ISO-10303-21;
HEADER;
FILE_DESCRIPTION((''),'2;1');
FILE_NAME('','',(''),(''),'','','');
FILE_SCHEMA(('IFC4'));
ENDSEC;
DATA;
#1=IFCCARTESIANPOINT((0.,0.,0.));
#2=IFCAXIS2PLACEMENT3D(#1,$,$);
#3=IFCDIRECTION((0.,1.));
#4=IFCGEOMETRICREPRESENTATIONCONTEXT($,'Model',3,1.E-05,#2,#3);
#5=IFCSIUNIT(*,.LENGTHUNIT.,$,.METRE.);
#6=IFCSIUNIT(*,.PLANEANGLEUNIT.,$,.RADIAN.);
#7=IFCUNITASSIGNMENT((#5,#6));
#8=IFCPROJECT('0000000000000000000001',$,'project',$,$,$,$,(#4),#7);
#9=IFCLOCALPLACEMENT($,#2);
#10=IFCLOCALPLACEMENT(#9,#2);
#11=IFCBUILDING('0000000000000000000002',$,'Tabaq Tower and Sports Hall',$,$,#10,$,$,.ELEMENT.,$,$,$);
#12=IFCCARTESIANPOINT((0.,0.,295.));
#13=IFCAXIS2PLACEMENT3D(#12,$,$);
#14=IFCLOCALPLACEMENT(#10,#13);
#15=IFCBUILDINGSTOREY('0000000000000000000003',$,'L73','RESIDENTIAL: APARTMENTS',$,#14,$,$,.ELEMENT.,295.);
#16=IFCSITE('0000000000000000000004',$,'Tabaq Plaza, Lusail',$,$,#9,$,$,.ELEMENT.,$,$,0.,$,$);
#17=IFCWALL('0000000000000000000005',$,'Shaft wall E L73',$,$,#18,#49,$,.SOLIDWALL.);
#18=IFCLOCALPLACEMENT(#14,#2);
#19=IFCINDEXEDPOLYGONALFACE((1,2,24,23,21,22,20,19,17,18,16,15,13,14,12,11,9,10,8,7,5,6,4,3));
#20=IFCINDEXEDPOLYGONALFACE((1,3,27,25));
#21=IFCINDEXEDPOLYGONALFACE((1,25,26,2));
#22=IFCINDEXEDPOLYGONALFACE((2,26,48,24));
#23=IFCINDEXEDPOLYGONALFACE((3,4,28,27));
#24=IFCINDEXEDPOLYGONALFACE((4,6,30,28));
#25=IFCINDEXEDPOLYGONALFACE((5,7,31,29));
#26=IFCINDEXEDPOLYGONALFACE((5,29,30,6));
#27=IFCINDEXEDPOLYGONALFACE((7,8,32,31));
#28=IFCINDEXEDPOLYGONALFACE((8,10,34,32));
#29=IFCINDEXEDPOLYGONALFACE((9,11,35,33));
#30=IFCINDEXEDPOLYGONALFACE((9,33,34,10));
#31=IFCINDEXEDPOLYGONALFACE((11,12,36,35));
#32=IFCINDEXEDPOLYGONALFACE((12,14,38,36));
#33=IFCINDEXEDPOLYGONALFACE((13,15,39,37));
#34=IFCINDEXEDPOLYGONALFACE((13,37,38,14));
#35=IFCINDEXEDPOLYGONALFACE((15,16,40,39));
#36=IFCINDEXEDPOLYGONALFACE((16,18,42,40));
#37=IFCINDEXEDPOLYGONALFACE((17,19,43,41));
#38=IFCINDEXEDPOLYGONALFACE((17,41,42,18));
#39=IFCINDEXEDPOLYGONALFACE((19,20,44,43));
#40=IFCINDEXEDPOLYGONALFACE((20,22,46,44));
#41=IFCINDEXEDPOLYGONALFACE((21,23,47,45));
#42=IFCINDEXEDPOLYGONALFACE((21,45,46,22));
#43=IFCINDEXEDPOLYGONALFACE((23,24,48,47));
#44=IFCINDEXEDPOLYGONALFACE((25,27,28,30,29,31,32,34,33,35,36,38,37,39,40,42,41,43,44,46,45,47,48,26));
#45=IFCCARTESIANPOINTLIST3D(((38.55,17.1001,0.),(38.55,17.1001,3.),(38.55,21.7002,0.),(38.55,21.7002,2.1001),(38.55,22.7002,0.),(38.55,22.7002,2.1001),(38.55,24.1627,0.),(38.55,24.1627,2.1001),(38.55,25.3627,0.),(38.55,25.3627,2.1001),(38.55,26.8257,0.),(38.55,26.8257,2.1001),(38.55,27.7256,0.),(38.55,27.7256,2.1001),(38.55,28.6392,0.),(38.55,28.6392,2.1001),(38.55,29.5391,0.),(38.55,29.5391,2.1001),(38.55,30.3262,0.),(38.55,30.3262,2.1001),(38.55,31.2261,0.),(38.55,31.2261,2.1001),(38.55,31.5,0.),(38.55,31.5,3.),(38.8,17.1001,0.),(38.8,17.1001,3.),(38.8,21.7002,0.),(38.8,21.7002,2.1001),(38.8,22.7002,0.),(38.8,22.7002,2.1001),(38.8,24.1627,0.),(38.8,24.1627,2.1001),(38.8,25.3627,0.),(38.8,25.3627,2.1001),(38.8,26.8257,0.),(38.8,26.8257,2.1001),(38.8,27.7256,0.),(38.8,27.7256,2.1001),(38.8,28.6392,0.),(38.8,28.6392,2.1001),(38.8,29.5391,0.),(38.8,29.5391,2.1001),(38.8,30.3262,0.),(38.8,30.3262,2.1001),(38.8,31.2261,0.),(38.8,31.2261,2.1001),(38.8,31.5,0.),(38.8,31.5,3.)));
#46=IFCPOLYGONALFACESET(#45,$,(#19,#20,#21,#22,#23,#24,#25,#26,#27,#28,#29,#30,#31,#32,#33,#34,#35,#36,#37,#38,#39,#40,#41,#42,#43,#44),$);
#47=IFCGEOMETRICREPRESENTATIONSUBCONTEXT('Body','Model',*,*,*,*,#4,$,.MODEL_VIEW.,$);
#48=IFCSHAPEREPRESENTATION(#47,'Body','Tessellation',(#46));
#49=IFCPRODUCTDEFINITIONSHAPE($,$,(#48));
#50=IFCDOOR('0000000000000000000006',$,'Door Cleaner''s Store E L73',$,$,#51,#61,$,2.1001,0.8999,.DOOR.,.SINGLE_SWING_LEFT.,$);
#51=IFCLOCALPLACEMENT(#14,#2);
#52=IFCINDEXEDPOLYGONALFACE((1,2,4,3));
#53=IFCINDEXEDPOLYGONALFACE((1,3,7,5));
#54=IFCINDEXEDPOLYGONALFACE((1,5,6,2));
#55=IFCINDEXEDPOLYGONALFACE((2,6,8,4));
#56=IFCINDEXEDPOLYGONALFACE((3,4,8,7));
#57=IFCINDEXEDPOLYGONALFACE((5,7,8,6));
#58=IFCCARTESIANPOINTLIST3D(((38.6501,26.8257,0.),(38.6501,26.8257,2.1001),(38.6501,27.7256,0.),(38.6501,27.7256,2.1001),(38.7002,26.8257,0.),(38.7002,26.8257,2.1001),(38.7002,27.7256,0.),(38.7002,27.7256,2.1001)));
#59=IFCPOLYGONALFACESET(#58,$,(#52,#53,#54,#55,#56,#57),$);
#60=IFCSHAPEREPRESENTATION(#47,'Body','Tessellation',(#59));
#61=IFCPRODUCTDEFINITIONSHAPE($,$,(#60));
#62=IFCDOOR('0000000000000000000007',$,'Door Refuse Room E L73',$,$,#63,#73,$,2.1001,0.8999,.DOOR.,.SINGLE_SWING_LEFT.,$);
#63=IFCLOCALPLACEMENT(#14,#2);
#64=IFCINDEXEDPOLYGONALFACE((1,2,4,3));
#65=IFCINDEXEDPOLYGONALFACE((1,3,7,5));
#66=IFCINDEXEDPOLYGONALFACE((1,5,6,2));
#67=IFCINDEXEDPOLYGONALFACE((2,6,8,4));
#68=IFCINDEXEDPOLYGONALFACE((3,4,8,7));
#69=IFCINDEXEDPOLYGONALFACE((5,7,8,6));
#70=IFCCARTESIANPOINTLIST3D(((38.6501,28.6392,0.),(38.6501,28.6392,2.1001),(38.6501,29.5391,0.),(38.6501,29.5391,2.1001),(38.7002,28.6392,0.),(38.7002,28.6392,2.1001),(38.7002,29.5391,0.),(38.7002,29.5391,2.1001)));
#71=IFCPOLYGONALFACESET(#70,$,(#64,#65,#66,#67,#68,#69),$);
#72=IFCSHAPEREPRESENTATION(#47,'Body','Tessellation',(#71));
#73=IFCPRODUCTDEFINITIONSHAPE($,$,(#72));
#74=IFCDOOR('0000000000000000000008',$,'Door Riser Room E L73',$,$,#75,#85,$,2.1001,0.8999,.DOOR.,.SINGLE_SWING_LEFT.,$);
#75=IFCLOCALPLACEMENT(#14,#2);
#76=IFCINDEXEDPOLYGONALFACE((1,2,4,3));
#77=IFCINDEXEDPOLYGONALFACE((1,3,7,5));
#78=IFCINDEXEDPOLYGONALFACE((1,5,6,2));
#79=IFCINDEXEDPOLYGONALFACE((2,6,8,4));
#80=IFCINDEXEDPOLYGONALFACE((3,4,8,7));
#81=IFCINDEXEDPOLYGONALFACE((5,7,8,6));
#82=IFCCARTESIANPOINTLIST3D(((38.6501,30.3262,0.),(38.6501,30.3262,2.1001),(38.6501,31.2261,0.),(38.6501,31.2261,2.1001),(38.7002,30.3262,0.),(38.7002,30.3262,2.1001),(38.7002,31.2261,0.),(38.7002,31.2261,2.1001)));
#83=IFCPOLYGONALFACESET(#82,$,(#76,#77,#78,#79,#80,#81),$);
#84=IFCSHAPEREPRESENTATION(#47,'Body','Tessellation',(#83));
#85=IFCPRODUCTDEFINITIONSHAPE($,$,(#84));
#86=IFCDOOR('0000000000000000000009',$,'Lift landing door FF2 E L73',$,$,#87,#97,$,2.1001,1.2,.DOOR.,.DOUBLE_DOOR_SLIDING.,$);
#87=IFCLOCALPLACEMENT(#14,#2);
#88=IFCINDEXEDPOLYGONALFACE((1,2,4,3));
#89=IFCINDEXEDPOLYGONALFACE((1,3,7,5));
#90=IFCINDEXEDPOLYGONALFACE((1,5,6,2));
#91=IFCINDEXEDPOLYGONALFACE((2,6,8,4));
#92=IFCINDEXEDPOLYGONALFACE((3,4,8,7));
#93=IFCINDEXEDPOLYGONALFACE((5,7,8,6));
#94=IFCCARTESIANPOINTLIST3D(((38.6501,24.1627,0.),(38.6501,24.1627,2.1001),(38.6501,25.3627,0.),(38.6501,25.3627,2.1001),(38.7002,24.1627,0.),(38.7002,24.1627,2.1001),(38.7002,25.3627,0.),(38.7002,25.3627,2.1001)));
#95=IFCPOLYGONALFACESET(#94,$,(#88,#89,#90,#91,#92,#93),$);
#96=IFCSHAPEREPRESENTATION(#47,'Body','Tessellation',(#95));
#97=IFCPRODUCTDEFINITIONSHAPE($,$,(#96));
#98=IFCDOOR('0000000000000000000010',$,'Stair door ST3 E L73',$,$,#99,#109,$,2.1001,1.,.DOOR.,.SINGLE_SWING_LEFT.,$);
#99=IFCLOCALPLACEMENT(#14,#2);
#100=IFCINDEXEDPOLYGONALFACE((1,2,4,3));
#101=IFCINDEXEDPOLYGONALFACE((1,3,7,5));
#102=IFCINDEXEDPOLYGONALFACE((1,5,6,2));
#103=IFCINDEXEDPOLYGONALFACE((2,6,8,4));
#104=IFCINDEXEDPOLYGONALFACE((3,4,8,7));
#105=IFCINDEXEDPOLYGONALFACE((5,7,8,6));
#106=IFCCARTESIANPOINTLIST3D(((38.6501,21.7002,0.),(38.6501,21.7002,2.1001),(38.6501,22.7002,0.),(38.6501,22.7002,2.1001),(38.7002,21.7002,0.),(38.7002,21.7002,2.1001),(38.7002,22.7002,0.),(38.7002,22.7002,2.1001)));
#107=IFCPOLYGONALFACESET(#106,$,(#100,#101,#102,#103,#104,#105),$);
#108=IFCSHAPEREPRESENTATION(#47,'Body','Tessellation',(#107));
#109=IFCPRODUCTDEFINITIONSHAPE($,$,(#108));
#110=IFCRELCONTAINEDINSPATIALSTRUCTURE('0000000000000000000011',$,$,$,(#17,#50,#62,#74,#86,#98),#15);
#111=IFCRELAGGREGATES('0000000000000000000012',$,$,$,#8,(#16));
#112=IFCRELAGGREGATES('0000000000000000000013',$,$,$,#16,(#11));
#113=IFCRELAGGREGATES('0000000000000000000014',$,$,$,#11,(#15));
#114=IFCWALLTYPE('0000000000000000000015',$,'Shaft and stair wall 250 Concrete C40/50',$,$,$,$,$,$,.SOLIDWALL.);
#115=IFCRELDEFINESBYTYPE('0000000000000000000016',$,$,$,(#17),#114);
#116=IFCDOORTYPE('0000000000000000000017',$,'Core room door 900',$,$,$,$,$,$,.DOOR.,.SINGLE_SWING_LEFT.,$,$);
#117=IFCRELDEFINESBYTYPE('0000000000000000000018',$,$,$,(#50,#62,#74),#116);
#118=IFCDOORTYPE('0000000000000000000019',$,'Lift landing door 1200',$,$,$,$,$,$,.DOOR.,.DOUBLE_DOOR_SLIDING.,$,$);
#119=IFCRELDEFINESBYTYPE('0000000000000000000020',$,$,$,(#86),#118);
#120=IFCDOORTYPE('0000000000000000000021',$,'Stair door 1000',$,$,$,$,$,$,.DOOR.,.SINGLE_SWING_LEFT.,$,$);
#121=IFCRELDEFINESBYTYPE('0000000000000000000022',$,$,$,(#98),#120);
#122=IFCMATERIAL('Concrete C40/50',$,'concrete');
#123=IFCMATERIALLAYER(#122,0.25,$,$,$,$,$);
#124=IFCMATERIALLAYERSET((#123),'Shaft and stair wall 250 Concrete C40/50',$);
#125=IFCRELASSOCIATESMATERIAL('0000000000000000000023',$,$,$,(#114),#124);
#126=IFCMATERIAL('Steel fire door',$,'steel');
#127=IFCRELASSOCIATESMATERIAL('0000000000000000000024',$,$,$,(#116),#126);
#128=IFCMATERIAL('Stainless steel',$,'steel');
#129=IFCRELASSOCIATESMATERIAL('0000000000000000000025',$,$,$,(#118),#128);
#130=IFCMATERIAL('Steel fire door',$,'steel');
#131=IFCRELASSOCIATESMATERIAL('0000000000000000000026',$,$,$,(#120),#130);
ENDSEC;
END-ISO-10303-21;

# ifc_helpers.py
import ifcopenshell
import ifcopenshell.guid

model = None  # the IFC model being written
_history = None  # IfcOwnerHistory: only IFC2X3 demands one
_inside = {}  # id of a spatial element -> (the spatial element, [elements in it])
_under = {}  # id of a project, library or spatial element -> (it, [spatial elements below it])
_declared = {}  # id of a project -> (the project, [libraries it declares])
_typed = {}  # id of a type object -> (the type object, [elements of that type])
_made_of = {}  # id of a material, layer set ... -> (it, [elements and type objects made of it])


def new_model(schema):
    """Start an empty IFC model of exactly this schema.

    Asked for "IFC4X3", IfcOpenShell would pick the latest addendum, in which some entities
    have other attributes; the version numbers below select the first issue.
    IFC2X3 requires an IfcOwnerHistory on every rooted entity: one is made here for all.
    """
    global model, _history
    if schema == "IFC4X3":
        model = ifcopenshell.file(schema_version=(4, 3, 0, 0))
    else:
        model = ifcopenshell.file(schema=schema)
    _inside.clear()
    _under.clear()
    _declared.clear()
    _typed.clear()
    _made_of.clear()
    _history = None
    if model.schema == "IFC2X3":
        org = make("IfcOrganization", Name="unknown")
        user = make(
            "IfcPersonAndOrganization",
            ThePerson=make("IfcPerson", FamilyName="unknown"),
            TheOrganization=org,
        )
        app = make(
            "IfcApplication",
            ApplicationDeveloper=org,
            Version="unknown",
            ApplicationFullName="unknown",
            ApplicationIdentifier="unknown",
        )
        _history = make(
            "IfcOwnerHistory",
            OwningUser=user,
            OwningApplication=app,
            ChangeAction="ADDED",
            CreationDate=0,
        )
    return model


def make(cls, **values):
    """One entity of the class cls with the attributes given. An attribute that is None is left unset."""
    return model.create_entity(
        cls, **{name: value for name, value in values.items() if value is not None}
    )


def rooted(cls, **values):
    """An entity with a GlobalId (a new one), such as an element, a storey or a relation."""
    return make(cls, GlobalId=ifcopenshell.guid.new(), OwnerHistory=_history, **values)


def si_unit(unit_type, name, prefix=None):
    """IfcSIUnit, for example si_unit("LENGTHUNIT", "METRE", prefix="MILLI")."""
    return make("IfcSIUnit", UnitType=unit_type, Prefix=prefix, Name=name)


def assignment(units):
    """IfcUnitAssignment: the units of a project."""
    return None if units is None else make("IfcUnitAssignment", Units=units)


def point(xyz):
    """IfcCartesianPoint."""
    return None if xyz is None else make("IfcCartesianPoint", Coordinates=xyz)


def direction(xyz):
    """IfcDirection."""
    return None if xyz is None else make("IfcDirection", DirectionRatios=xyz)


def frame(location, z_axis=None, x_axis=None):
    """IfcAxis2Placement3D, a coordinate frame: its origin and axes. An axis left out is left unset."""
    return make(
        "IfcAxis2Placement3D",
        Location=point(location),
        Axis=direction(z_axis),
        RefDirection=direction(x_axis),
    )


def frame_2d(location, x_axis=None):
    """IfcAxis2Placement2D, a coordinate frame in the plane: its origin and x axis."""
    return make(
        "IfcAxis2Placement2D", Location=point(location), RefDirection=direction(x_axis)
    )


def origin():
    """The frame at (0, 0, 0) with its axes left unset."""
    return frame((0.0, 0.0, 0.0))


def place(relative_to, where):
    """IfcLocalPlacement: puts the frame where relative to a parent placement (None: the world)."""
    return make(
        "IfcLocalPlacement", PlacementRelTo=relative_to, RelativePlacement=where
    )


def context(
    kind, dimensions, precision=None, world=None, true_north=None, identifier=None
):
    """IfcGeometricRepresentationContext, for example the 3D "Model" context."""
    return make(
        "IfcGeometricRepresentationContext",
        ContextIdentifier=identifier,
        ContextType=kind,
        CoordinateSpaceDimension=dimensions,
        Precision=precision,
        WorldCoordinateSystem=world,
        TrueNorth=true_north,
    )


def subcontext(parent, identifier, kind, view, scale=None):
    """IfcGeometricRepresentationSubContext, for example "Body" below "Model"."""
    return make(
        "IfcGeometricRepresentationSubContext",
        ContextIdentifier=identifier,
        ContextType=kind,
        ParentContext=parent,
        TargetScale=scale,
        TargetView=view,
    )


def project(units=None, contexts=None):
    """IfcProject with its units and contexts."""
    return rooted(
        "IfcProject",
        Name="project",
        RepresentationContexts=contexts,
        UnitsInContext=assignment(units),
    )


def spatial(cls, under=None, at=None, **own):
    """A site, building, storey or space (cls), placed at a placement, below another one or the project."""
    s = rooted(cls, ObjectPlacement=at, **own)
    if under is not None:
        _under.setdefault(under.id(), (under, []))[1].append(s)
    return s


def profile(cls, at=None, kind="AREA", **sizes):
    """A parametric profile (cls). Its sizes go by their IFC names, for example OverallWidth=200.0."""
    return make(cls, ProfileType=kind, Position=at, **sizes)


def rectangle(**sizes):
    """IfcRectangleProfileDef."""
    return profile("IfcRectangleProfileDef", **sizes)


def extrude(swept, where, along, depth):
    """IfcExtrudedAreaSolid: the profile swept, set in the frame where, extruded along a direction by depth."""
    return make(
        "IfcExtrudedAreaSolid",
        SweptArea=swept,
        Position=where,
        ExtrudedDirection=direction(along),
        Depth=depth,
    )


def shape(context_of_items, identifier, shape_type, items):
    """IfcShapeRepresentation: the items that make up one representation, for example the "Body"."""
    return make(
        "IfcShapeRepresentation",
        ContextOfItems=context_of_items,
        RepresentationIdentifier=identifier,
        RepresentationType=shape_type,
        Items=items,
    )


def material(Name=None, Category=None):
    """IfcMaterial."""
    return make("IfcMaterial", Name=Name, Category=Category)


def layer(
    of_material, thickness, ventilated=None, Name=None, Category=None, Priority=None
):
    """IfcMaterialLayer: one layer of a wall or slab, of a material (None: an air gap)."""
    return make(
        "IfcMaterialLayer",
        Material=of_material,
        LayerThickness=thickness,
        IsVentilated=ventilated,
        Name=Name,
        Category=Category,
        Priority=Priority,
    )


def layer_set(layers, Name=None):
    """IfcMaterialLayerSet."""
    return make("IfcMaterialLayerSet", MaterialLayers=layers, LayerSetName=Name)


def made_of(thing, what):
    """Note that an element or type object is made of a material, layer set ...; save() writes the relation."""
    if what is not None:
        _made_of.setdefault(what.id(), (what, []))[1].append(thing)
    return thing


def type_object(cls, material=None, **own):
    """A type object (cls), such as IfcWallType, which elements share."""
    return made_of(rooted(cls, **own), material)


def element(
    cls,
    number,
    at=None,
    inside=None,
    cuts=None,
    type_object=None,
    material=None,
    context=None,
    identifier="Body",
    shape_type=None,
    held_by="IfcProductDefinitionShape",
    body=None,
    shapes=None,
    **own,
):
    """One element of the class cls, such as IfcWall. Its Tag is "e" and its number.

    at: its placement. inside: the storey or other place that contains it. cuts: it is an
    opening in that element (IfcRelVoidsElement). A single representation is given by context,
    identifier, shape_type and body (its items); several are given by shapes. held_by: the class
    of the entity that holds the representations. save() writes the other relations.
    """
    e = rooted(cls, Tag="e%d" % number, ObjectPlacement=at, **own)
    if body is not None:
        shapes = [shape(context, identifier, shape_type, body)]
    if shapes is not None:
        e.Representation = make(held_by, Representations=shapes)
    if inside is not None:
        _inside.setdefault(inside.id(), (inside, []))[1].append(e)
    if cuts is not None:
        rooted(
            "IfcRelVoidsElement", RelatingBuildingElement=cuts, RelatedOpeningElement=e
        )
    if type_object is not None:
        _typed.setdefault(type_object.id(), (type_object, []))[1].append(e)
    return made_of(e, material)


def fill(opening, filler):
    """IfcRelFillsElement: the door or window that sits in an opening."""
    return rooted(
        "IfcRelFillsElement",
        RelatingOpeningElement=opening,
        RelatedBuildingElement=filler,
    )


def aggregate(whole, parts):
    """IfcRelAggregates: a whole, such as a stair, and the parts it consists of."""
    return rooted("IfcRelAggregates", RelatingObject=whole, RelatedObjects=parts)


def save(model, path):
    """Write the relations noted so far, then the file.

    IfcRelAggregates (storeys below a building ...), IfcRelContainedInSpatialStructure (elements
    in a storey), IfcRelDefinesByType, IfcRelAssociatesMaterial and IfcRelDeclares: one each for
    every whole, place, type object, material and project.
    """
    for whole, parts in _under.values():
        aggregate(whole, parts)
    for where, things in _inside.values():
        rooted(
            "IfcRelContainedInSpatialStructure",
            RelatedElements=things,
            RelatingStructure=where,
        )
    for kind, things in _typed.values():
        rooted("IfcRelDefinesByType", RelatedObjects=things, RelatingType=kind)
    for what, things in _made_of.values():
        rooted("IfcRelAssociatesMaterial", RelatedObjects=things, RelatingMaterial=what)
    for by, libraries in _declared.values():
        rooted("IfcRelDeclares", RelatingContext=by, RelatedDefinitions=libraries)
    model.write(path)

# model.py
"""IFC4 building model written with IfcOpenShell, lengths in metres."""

from ifc_helpers import new_model, si_unit, direction, frame, frame_2d, origin, place, context, subcontext, project, spatial, rectangle, extrude, material, layer, layer_set, type_object, element, fill, save


model = new_model("IFC4")

# Units and contexts
model_context = context("Model", 3, precision=1e-05, world=origin(), true_north=direction((0.0, 1.0)))
body_context = subcontext(model_context, "Body", "Model", "MODEL_VIEW")
ifc_project = project(units=[si_unit("LENGTHUNIT", "METRE"), si_unit("PLANEANGLEUNIT", "RADIAN")], contexts=[model_context])

# Site, building, storey
site_placement = place(None, origin())
site = spatial("IfcSite", under=ifc_project, at=site_placement, Name="Tabaq Plaza, Lusail", CompositionType="ELEMENT", RefElevation=0.0)
building_placement = place(site_placement, origin())
building = spatial("IfcBuilding", under=site, at=building_placement, Name="Tabaq Tower and Sports Hall", CompositionType="ELEMENT")
storey_placement = place(building_placement, frame((0.0, 0.0, 295.0)))
storey = spatial("IfcBuildingStorey", under=building, at=storey_placement, Name="L73", Description="RESIDENTIAL: APARTMENTS", CompositionType="ELEMENT", Elevation=295.0)

# Wall, openings, doors
ifc_material_1 = material(Name="Concrete C40/50", Category="concrete")
ifc_layer_1 = layer(ifc_material_1, 0.25)
ifc_layer_set_1 = layer_set([ifc_layer_1], Name="Shaft and stair wall 250 Concrete C40/50")
wall_type_1 = type_object("IfcWallType", Name="Shaft and stair wall 250 Concrete C40/50", PredefinedType="SOLIDWALL", material=ifc_layer_set_1)
wall_1_placement = place(storey_placement, frame((38.675, 17.1001, 0.0), z_axis=(0.0, 0.0, 1.0), x_axis=(0.0, 1.0, 0.0)))
wall_1 = element("IfcWall", 1, at=wall_1_placement, inside=storey, type_object=wall_type_1, Name="Shaft wall E L73", PredefinedType="SOLIDWALL", context=body_context, shape_type="SweptSolid", body=[
    extrude(rectangle(XDim=14.3999, YDim=0.25, at=frame_2d((7.2, 0.0))), origin(), (0.0, 0.0, 1.0), 3.0),
])
opening_1_placement = place(wall_1_placement, frame((4.6001, 0.0, 0.0)))
opening_1 = element("IfcOpeningElement", 2, at=opening_1_placement, cuts=wall_1, PredefinedType="OPENING", context=body_context, shape_type="SweptSolid", body=[
    extrude(rectangle(XDim=1.0, YDim=2.1001, at=frame_2d((0.5, 1.05))), frame((0.0, 0.125, 0.0), z_axis=(0.0, -1.0, 0.0), x_axis=(1.0, 0.0, 0.0)), (0.0, 0.0, 1.0), 0.25),
])
opening_2_placement = place(wall_1_placement, frame((7.0625, 0.0, 0.0)))
opening_2 = element("IfcOpeningElement", 3, at=opening_2_placement, cuts=wall_1, PredefinedType="OPENING", context=body_context, shape_type="SweptSolid", body=[
    extrude(rectangle(XDim=1.2, YDim=2.1001, at=frame_2d((0.6001, 1.05))), frame((0.0, 0.125, 0.0), z_axis=(0.0, -1.0, 0.0), x_axis=(1.0, 0.0, 0.0)), (0.0, 0.0, 1.0), 0.25),
])
opening_3_placement = place(wall_1_placement, frame((9.7256, 0.0, 0.0)))
opening_3 = element("IfcOpeningElement", 4, at=opening_3_placement, cuts=wall_1, PredefinedType="OPENING", context=body_context, shape_type="SweptSolid", body=[
    extrude(rectangle(XDim=0.8999, YDim=2.1001, at=frame_2d((0.45, 1.05))), frame((0.0, 0.125, 0.0), z_axis=(0.0, -1.0, 0.0), x_axis=(1.0, 0.0, 0.0)), (0.0, 0.0, 1.0), 0.25),
])
opening_4_placement = place(wall_1_placement, frame((11.5391, 0.0, 0.0)))
opening_4 = element("IfcOpeningElement", 5, at=opening_4_placement, cuts=wall_1, PredefinedType="OPENING", context=body_context, shape_type="SweptSolid", body=[
    extrude(rectangle(XDim=0.8999, YDim=2.1001, at=frame_2d((0.45, 1.05))), frame((0.0, 0.125, 0.0), z_axis=(0.0, -1.0, 0.0), x_axis=(1.0, 0.0, 0.0)), (0.0, 0.0, 1.0), 0.25),
])
opening_5_placement = place(wall_1_placement, frame((13.2261, 0.0, 0.0)))
opening_5 = element("IfcOpeningElement", 6, at=opening_5_placement, cuts=wall_1, PredefinedType="OPENING", context=body_context, shape_type="SweptSolid", body=[
    extrude(rectangle(XDim=0.8999, YDim=2.1001, at=frame_2d((0.45, 1.05))), frame((0.0, 0.125, 0.0), z_axis=(0.0, -1.0, 0.0), x_axis=(1.0, 0.0, 0.0)), (0.0, 0.0, 1.0), 0.25),
])
ifc_material_2 = material(Name="Steel fire door", Category="steel")
door_type_1 = type_object("IfcDoorType", Name="Core room door 900", OperationType="SINGLE_SWING_LEFT", PredefinedType="DOOR", material=ifc_material_2)
door_1_placement = place(opening_3_placement, origin())
door_1 = element("IfcDoor", 7, at=door_1_placement, inside=storey, type_object=door_type_1, Name="Door Cleaner's Store E L73", OperationType="SINGLE_SWING_LEFT", OverallHeight=2.1001, OverallWidth=0.8999, PredefinedType="DOOR", context=body_context, shape_type="SweptSolid", body=[
    extrude(rectangle(XDim=0.8999, YDim=2.1001, at=frame_2d((0.45, 1.05))), frame((0.0, 0.0249, 0.0), z_axis=(0.0, -1.0, 0.0), x_axis=(1.0, 0.0, 0.0)), (0.0, 0.0, 1.0), 0.05),
])
fill(opening_3, door_1)
door_2_placement = place(opening_4_placement, origin())
door_2 = element("IfcDoor", 8, at=door_2_placement, inside=storey, type_object=door_type_1, Name="Door Refuse Room E L73", OperationType="SINGLE_SWING_LEFT", OverallHeight=2.1001, OverallWidth=0.8999, PredefinedType="DOOR", context=body_context, shape_type="SweptSolid", body=[
    extrude(rectangle(XDim=0.8999, YDim=2.1001, at=frame_2d((0.45, 1.05))), frame((0.0, 0.0249, 0.0), z_axis=(0.0, -1.0, 0.0), x_axis=(1.0, 0.0, 0.0)), (0.0, 0.0, 1.0), 0.05),
])
fill(opening_4, door_2)
door_3_placement = place(opening_5_placement, origin())
door_3 = element("IfcDoor", 9, at=door_3_placement, inside=storey, type_object=door_type_1, Name="Door Riser Room E L73", OperationType="SINGLE_SWING_LEFT", OverallHeight=2.1001, OverallWidth=0.8999, PredefinedType="DOOR", context=body_context, shape_type="SweptSolid", body=[
    extrude(rectangle(XDim=0.8999, YDim=2.1001, at=frame_2d((0.45, 1.05))), frame((0.0, 0.0249, 0.0), z_axis=(0.0, -1.0, 0.0), x_axis=(1.0, 0.0, 0.0)), (0.0, 0.0, 1.0), 0.05),
])
fill(opening_5, door_3)
ifc_material_3 = material(Name="Stainless steel", Category="steel")
door_type_2 = type_object("IfcDoorType", Name="Lift landing door 1200", OperationType="DOUBLE_DOOR_SLIDING", PredefinedType="DOOR", material=ifc_material_3)
door_4_placement = place(opening_2_placement, origin())
door_4 = element("IfcDoor", 10, at=door_4_placement, inside=storey, type_object=door_type_2, Name="Lift landing door FF2 E L73", OperationType="DOUBLE_DOOR_SLIDING", OverallHeight=2.1001, OverallWidth=1.2, PredefinedType="DOOR", context=body_context, shape_type="SweptSolid", body=[
    extrude(rectangle(XDim=1.2, YDim=2.1001, at=frame_2d((0.6001, 1.05))), frame((0.0, 0.0249, 0.0), z_axis=(0.0, -1.0, 0.0), x_axis=(1.0, 0.0, 0.0)), (0.0, 0.0, 1.0), 0.05),
])
fill(opening_2, door_4)
ifc_material_4 = material(Name="Steel fire door", Category="steel")
door_type_3 = type_object("IfcDoorType", Name="Stair door 1000", OperationType="SINGLE_SWING_LEFT", PredefinedType="DOOR", material=ifc_material_4)
door_5_placement = place(opening_1_placement, origin())
door_5 = element("IfcDoor", 11, at=door_5_placement, inside=storey, type_object=door_type_3, Name="Stair door ST3 E L73", OperationType="SINGLE_SWING_LEFT", OverallHeight=2.1001, OverallWidth=1.0, PredefinedType="DOOR", context=body_context, shape_type="SweptSolid", body=[
    extrude(rectangle(XDim=1.0, YDim=2.1001, at=frame_2d((0.5, 1.05))), frame((0.0, 0.0249, 0.0), z_axis=(0.0, -1.0, 0.0), x_axis=(1.0, 0.0, 0.0)), (0.0, 0.0, 1.0), 0.05),
])
fill(opening_1, door_5)

save(model, "model.ifc")
